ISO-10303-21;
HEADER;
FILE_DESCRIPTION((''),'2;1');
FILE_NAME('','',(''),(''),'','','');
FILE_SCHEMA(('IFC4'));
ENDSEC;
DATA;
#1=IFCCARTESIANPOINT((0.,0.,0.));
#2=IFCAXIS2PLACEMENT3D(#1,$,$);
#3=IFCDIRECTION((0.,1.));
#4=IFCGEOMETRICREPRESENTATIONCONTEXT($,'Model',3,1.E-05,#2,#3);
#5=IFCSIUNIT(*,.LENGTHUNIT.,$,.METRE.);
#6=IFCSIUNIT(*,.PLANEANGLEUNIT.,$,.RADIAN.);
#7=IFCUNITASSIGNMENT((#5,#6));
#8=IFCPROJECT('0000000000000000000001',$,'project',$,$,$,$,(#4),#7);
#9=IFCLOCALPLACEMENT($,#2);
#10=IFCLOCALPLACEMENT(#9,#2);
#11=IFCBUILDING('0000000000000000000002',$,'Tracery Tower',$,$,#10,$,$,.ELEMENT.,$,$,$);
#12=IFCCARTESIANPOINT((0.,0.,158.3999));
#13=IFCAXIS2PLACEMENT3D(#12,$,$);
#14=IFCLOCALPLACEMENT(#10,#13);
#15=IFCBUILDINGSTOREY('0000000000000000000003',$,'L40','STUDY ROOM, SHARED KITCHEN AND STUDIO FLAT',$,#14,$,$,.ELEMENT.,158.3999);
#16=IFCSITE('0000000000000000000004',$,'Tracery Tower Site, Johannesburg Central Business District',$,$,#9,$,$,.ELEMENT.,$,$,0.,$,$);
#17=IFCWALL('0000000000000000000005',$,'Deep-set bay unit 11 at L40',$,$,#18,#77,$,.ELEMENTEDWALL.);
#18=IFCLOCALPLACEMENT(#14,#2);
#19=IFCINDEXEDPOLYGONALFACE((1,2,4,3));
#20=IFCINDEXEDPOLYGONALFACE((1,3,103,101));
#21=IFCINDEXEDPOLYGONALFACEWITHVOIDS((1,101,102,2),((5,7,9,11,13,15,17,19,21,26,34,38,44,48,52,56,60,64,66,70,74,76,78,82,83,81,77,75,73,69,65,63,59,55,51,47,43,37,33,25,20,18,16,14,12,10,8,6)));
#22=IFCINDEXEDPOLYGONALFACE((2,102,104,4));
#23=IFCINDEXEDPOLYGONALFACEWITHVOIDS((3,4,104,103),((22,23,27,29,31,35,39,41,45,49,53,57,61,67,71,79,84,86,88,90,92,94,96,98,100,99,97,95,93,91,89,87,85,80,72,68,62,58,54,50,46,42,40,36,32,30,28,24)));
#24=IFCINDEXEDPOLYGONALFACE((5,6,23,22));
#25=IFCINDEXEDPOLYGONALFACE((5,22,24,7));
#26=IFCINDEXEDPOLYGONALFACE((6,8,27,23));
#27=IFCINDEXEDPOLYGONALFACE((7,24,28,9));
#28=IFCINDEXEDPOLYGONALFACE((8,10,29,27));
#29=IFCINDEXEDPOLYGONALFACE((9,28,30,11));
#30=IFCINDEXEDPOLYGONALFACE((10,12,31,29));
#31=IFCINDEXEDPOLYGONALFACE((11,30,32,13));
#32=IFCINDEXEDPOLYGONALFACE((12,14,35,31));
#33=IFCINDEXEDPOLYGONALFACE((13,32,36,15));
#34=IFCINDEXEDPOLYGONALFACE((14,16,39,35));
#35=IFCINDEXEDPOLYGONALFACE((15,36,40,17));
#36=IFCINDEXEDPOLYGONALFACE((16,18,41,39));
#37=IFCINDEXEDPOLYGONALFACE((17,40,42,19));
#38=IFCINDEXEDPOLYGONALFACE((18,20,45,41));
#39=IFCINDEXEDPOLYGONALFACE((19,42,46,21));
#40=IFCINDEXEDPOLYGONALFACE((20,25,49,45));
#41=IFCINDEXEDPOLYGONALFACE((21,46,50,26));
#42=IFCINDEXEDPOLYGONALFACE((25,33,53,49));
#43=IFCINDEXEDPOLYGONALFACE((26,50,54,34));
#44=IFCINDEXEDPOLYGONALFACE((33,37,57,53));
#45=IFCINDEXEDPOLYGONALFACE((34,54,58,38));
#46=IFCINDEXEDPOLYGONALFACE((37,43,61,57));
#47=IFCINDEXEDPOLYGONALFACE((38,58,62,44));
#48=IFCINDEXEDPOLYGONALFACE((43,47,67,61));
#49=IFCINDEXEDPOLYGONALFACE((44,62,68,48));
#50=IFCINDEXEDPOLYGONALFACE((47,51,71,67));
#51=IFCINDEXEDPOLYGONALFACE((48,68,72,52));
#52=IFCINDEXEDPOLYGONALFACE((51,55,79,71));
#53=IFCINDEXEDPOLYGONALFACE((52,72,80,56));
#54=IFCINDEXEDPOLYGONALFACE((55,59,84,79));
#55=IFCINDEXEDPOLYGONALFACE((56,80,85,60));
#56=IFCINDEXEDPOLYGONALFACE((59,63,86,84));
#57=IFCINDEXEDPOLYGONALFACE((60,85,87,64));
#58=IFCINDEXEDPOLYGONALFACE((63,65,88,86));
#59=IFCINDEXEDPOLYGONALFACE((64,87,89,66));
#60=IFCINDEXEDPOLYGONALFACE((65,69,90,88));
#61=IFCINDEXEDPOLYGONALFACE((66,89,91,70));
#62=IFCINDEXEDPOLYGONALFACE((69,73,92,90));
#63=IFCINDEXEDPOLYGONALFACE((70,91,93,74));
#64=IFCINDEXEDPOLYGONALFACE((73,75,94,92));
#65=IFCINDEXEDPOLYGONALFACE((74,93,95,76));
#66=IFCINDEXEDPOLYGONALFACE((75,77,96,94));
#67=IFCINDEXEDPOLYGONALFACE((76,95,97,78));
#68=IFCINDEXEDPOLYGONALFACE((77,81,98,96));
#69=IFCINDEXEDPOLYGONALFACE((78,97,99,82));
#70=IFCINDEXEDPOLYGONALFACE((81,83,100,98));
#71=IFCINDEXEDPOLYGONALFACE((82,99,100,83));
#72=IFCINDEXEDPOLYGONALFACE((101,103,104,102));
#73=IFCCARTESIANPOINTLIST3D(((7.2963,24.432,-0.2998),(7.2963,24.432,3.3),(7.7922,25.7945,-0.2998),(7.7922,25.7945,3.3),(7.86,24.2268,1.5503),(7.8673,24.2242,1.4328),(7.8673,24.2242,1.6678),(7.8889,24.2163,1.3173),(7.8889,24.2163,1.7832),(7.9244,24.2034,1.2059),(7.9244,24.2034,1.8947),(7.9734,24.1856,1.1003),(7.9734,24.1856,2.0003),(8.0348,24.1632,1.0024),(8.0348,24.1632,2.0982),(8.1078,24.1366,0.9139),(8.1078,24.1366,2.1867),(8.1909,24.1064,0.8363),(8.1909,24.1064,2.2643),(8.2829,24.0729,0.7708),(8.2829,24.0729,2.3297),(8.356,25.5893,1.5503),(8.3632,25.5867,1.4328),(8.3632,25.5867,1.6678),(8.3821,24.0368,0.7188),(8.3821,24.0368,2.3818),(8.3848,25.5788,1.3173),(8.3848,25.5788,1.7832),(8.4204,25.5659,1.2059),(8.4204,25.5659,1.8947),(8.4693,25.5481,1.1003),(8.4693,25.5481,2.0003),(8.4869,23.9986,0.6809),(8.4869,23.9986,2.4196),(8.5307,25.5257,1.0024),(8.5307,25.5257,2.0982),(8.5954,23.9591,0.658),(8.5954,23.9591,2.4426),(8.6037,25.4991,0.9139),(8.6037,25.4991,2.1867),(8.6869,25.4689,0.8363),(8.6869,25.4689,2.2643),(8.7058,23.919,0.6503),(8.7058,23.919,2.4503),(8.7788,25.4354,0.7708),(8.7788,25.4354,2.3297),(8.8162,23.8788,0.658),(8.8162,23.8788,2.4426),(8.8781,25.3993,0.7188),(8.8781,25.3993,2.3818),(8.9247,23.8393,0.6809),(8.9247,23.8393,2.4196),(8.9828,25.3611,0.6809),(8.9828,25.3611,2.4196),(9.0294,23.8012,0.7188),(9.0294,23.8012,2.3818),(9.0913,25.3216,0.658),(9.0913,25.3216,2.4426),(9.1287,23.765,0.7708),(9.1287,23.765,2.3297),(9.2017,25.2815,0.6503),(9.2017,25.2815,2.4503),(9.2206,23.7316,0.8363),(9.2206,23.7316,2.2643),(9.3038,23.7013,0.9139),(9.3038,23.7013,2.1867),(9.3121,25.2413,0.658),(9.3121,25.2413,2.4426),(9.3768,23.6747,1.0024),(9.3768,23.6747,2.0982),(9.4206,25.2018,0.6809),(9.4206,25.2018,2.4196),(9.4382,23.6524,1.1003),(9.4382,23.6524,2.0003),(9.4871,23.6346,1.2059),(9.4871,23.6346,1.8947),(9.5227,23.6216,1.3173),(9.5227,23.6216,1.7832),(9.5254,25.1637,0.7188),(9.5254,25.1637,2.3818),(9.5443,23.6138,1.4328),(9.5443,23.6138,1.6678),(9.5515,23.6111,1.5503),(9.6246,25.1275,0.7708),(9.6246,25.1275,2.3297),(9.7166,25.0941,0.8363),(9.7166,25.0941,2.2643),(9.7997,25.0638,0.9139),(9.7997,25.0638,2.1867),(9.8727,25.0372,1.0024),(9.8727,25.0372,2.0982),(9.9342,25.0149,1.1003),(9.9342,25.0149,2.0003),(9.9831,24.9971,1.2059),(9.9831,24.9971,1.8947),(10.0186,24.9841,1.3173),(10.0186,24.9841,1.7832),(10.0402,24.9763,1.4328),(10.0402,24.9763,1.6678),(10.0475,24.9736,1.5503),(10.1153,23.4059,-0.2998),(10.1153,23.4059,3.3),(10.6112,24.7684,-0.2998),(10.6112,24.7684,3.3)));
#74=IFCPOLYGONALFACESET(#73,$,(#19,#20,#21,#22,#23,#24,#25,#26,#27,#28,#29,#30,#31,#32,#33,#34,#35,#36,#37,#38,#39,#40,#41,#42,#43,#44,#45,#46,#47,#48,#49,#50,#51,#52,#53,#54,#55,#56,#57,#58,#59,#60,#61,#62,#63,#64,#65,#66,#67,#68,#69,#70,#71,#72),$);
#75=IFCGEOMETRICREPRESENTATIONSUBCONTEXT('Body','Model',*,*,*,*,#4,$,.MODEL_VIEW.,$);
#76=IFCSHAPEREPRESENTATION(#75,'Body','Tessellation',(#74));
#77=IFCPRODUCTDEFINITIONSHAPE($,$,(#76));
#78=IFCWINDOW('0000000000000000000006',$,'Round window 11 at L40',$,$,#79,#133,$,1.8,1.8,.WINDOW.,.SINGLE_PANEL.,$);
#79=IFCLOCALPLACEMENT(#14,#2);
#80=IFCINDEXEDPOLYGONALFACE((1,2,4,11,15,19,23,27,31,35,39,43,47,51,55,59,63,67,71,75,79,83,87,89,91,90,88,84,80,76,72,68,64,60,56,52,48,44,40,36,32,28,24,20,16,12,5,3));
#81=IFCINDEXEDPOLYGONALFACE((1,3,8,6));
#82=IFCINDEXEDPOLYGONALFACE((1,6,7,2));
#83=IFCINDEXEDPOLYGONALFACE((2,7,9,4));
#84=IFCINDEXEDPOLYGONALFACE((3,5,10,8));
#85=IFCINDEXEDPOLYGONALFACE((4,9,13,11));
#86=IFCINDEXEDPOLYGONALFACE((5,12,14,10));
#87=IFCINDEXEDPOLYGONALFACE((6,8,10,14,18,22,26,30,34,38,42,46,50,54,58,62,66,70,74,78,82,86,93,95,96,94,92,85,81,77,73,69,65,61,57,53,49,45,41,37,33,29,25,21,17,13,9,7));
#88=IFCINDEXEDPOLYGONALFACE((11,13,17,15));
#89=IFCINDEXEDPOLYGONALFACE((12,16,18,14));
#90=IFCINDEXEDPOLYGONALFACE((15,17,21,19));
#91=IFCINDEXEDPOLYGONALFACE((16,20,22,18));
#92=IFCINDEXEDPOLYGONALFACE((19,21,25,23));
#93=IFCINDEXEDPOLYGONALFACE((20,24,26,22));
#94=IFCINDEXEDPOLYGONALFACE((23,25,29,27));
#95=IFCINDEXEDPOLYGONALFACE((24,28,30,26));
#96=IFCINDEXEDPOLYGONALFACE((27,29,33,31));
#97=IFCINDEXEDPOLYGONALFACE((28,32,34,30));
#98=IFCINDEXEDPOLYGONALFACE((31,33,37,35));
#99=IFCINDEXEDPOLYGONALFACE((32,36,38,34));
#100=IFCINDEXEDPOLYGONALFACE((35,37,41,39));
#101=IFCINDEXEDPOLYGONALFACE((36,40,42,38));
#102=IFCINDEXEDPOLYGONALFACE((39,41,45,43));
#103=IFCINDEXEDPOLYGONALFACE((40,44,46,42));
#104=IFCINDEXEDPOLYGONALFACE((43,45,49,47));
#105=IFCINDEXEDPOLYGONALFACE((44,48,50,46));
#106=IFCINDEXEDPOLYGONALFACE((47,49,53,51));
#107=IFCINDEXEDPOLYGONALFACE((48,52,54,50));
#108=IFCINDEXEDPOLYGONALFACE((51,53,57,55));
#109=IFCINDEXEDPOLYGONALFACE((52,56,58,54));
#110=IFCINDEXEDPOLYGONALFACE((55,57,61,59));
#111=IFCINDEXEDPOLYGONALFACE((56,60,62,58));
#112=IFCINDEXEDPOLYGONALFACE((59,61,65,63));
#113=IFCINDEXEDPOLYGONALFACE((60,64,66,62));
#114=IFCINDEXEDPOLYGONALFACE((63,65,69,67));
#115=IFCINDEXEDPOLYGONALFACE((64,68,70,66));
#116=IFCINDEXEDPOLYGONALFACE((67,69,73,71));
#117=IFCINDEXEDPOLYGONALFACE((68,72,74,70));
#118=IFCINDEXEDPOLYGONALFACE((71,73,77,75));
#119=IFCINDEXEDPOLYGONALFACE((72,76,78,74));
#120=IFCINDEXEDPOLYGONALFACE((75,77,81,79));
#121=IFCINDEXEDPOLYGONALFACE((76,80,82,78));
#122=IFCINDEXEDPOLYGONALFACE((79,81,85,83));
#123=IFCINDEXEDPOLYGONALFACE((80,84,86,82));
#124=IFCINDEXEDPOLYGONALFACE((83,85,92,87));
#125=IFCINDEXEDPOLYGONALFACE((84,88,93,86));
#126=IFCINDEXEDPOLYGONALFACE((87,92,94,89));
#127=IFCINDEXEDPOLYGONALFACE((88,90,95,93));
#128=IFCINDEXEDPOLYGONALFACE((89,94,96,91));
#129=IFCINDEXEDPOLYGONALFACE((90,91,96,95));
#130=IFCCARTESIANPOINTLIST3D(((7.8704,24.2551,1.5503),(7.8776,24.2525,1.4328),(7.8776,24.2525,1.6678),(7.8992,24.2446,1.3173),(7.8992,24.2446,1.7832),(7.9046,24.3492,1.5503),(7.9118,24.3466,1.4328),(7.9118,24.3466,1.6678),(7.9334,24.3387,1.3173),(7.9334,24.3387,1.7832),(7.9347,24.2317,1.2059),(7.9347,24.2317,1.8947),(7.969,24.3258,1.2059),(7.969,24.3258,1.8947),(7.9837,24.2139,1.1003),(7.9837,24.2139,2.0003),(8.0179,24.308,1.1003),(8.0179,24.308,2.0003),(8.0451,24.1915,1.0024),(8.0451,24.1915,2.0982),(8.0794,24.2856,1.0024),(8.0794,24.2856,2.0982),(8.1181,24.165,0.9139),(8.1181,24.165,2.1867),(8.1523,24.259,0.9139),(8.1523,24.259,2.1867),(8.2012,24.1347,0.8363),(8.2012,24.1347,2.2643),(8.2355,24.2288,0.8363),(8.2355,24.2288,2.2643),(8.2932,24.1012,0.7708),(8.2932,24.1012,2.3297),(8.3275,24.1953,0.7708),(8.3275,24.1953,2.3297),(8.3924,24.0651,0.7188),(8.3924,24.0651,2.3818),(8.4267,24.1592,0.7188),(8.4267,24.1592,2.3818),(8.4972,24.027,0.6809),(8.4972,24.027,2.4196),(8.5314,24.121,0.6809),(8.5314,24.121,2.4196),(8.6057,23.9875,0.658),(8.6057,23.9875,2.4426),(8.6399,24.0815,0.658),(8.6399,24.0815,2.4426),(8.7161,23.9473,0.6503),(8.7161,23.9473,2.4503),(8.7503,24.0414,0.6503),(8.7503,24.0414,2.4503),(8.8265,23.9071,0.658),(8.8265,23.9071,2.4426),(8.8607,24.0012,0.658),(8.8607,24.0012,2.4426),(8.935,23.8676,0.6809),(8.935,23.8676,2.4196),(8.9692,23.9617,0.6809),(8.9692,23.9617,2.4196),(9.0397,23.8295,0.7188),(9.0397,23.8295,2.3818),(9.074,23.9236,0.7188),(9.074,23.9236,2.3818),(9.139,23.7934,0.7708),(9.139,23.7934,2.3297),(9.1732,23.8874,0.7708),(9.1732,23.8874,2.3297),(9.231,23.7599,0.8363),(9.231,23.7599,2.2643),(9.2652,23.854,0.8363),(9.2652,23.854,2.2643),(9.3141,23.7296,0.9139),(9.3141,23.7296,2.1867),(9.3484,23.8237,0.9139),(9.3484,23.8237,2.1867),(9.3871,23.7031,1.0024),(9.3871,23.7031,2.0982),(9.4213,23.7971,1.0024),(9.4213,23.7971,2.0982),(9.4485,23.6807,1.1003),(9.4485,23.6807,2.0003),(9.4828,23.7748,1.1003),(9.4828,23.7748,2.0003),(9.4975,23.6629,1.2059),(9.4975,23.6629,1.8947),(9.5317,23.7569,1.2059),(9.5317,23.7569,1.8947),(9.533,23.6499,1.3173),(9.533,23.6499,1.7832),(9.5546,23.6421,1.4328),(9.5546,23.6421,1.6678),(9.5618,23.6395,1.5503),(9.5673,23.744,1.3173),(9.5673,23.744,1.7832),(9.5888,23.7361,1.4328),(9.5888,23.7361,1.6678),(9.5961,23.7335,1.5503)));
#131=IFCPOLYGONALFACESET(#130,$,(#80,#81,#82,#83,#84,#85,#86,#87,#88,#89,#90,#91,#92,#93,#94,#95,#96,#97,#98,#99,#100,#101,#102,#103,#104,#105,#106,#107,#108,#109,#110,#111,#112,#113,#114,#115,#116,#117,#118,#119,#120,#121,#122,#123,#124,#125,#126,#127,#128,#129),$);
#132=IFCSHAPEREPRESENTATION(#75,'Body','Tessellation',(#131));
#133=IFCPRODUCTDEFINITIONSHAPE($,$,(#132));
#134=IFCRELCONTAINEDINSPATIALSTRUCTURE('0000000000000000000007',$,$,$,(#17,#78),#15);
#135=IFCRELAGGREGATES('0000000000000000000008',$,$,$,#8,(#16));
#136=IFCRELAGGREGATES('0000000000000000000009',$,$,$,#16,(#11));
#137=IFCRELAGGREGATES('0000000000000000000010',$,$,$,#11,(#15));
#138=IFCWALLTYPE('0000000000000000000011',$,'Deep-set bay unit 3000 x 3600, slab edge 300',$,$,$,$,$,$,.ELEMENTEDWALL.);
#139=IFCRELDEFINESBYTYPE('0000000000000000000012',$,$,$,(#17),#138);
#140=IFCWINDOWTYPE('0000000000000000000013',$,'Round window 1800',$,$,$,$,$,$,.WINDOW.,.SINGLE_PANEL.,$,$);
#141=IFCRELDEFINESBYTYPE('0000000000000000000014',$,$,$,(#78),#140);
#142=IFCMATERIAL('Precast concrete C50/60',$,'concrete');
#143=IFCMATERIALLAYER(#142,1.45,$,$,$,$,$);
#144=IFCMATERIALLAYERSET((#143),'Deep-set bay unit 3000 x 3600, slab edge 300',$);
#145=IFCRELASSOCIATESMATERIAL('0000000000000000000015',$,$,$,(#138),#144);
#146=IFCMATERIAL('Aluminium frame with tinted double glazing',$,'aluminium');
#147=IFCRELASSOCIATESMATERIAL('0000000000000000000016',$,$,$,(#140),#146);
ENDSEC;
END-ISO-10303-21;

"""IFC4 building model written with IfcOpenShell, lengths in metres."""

from ifc_helpers import new_model, si_unit, direction, frame, frame_2d, origin, origin_2d, place, context, subcontext, project, spatial, rectangle, circle, extrude, material, layer, layer_set, type_object, element, fill, save


model = new_model("IFC4")

# Units and contexts
model_context = context("Model", 3, precision=1e-05, world=origin(), true_north=direction((0.0, 1.0)))
body_context = subcontext(model_context, "Body", "Model", "MODEL_VIEW")
ifc_project = project(units=[si_unit("LENGTHUNIT", "METRE"), si_unit("PLANEANGLEUNIT", "RADIAN")], contexts=[model_context])

# Site, building, storey
site_placement = place(None, origin())
site = spatial("IfcSite", under=ifc_project, at=site_placement, Name="Tracery Tower Site, Johannesburg Central Business District", CompositionType="ELEMENT", RefElevation=0.0)
building_placement = place(site_placement, origin())
building = spatial("IfcBuilding", under=site, at=building_placement, Name="Tracery Tower", CompositionType="ELEMENT")
storey_placement = place(building_placement, frame((0.0, 0.0, 158.3999)))
storey = spatial("IfcBuildingStorey", under=building, at=storey_placement, Name="L40", Description="STUDY ROOM, SHARED KITCHEN AND STUDIO FLAT", CompositionType="ELEMENT", Elevation=158.3999)

# Wall, opening, window
ifc_material_1 = material(Name="Precast concrete C50/60", Category="concrete")
ifc_layer_1 = layer(ifc_material_1, 1.45)
ifc_layer_set_1 = layer_set([ifc_layer_1], Name="Deep-set bay unit 3000 x 3600, slab edge 300")
wall_type_1 = type_object("IfcWallType", Name="Deep-set bay unit 3000 x 3600, slab edge 300", PredefinedType="ELEMENTEDWALL", material=ifc_layer_set_1)
ifc_material_2 = material(Name="Aluminium frame with tinted double glazing", Category="aluminium")
window_type = type_object("IfcWindowType", Name="Round window 1800", PartitioningType="SINGLE_PANEL", PredefinedType="WINDOW", material=ifc_material_2)
wall_1_placement = place(storey_placement, frame((10.3633, 24.0872, -0.2998), z_axis=(0.0, 0.0, 1.0), x_axis=(-0.939686, 0.342037, 0.0)))
wall_1 = element("IfcWall", 1, at=wall_1_placement, inside=storey, type_object=wall_type_1, Name="Deep-set bay unit 11 at L40", PredefinedType="ELEMENTEDWALL", context=body_context, shape_type="SweptSolid", body=[
    extrude(rectangle(XDim=3.0, YDim=1.45, at=frame_2d((1.5, 0.0))), origin(), (0.0, 0.0, 1.0), 3.5999),
])
opening_1_placement = place(wall_1_placement, frame((1.5, 0.0, 1.8501)))
opening_1 = element("IfcOpeningElement", 2, at=opening_1_placement, cuts=wall_1, PredefinedType="OPENING", context=body_context, shape_type="SweptSolid", body=[
    extrude(circle(Radius=0.9, at=origin_2d()), frame((0.0, 0.7349, 0.0), z_axis=(0.0, -1.0, 0.0), x_axis=(1.0, 0.0, 0.0)), (0.0, 0.0, 1.0), 1.47),
])
window_1_placement = place(opening_1_placement, origin())
window_1 = element("IfcWindow", 3, at=window_1_placement, inside=storey, type_object=window_type, Name="Round window 11 at L40", OverallHeight=1.8, OverallWidth=1.8, PartitioningType="SINGLE_PANEL", PredefinedType="WINDOW", context=body_context, shape_type="SweptSolid", body=[
    extrude(circle(Radius=0.9, at=origin_2d()), frame((0.0, 0.6948, 0.0), z_axis=(0.0, -1.0, 0.0), x_axis=(1.0, 0.0, 0.0)), (0.0, 0.0, 1.0), 0.1001),
])
fill(opening_1, window_1)

save(model, "model.ifc")
